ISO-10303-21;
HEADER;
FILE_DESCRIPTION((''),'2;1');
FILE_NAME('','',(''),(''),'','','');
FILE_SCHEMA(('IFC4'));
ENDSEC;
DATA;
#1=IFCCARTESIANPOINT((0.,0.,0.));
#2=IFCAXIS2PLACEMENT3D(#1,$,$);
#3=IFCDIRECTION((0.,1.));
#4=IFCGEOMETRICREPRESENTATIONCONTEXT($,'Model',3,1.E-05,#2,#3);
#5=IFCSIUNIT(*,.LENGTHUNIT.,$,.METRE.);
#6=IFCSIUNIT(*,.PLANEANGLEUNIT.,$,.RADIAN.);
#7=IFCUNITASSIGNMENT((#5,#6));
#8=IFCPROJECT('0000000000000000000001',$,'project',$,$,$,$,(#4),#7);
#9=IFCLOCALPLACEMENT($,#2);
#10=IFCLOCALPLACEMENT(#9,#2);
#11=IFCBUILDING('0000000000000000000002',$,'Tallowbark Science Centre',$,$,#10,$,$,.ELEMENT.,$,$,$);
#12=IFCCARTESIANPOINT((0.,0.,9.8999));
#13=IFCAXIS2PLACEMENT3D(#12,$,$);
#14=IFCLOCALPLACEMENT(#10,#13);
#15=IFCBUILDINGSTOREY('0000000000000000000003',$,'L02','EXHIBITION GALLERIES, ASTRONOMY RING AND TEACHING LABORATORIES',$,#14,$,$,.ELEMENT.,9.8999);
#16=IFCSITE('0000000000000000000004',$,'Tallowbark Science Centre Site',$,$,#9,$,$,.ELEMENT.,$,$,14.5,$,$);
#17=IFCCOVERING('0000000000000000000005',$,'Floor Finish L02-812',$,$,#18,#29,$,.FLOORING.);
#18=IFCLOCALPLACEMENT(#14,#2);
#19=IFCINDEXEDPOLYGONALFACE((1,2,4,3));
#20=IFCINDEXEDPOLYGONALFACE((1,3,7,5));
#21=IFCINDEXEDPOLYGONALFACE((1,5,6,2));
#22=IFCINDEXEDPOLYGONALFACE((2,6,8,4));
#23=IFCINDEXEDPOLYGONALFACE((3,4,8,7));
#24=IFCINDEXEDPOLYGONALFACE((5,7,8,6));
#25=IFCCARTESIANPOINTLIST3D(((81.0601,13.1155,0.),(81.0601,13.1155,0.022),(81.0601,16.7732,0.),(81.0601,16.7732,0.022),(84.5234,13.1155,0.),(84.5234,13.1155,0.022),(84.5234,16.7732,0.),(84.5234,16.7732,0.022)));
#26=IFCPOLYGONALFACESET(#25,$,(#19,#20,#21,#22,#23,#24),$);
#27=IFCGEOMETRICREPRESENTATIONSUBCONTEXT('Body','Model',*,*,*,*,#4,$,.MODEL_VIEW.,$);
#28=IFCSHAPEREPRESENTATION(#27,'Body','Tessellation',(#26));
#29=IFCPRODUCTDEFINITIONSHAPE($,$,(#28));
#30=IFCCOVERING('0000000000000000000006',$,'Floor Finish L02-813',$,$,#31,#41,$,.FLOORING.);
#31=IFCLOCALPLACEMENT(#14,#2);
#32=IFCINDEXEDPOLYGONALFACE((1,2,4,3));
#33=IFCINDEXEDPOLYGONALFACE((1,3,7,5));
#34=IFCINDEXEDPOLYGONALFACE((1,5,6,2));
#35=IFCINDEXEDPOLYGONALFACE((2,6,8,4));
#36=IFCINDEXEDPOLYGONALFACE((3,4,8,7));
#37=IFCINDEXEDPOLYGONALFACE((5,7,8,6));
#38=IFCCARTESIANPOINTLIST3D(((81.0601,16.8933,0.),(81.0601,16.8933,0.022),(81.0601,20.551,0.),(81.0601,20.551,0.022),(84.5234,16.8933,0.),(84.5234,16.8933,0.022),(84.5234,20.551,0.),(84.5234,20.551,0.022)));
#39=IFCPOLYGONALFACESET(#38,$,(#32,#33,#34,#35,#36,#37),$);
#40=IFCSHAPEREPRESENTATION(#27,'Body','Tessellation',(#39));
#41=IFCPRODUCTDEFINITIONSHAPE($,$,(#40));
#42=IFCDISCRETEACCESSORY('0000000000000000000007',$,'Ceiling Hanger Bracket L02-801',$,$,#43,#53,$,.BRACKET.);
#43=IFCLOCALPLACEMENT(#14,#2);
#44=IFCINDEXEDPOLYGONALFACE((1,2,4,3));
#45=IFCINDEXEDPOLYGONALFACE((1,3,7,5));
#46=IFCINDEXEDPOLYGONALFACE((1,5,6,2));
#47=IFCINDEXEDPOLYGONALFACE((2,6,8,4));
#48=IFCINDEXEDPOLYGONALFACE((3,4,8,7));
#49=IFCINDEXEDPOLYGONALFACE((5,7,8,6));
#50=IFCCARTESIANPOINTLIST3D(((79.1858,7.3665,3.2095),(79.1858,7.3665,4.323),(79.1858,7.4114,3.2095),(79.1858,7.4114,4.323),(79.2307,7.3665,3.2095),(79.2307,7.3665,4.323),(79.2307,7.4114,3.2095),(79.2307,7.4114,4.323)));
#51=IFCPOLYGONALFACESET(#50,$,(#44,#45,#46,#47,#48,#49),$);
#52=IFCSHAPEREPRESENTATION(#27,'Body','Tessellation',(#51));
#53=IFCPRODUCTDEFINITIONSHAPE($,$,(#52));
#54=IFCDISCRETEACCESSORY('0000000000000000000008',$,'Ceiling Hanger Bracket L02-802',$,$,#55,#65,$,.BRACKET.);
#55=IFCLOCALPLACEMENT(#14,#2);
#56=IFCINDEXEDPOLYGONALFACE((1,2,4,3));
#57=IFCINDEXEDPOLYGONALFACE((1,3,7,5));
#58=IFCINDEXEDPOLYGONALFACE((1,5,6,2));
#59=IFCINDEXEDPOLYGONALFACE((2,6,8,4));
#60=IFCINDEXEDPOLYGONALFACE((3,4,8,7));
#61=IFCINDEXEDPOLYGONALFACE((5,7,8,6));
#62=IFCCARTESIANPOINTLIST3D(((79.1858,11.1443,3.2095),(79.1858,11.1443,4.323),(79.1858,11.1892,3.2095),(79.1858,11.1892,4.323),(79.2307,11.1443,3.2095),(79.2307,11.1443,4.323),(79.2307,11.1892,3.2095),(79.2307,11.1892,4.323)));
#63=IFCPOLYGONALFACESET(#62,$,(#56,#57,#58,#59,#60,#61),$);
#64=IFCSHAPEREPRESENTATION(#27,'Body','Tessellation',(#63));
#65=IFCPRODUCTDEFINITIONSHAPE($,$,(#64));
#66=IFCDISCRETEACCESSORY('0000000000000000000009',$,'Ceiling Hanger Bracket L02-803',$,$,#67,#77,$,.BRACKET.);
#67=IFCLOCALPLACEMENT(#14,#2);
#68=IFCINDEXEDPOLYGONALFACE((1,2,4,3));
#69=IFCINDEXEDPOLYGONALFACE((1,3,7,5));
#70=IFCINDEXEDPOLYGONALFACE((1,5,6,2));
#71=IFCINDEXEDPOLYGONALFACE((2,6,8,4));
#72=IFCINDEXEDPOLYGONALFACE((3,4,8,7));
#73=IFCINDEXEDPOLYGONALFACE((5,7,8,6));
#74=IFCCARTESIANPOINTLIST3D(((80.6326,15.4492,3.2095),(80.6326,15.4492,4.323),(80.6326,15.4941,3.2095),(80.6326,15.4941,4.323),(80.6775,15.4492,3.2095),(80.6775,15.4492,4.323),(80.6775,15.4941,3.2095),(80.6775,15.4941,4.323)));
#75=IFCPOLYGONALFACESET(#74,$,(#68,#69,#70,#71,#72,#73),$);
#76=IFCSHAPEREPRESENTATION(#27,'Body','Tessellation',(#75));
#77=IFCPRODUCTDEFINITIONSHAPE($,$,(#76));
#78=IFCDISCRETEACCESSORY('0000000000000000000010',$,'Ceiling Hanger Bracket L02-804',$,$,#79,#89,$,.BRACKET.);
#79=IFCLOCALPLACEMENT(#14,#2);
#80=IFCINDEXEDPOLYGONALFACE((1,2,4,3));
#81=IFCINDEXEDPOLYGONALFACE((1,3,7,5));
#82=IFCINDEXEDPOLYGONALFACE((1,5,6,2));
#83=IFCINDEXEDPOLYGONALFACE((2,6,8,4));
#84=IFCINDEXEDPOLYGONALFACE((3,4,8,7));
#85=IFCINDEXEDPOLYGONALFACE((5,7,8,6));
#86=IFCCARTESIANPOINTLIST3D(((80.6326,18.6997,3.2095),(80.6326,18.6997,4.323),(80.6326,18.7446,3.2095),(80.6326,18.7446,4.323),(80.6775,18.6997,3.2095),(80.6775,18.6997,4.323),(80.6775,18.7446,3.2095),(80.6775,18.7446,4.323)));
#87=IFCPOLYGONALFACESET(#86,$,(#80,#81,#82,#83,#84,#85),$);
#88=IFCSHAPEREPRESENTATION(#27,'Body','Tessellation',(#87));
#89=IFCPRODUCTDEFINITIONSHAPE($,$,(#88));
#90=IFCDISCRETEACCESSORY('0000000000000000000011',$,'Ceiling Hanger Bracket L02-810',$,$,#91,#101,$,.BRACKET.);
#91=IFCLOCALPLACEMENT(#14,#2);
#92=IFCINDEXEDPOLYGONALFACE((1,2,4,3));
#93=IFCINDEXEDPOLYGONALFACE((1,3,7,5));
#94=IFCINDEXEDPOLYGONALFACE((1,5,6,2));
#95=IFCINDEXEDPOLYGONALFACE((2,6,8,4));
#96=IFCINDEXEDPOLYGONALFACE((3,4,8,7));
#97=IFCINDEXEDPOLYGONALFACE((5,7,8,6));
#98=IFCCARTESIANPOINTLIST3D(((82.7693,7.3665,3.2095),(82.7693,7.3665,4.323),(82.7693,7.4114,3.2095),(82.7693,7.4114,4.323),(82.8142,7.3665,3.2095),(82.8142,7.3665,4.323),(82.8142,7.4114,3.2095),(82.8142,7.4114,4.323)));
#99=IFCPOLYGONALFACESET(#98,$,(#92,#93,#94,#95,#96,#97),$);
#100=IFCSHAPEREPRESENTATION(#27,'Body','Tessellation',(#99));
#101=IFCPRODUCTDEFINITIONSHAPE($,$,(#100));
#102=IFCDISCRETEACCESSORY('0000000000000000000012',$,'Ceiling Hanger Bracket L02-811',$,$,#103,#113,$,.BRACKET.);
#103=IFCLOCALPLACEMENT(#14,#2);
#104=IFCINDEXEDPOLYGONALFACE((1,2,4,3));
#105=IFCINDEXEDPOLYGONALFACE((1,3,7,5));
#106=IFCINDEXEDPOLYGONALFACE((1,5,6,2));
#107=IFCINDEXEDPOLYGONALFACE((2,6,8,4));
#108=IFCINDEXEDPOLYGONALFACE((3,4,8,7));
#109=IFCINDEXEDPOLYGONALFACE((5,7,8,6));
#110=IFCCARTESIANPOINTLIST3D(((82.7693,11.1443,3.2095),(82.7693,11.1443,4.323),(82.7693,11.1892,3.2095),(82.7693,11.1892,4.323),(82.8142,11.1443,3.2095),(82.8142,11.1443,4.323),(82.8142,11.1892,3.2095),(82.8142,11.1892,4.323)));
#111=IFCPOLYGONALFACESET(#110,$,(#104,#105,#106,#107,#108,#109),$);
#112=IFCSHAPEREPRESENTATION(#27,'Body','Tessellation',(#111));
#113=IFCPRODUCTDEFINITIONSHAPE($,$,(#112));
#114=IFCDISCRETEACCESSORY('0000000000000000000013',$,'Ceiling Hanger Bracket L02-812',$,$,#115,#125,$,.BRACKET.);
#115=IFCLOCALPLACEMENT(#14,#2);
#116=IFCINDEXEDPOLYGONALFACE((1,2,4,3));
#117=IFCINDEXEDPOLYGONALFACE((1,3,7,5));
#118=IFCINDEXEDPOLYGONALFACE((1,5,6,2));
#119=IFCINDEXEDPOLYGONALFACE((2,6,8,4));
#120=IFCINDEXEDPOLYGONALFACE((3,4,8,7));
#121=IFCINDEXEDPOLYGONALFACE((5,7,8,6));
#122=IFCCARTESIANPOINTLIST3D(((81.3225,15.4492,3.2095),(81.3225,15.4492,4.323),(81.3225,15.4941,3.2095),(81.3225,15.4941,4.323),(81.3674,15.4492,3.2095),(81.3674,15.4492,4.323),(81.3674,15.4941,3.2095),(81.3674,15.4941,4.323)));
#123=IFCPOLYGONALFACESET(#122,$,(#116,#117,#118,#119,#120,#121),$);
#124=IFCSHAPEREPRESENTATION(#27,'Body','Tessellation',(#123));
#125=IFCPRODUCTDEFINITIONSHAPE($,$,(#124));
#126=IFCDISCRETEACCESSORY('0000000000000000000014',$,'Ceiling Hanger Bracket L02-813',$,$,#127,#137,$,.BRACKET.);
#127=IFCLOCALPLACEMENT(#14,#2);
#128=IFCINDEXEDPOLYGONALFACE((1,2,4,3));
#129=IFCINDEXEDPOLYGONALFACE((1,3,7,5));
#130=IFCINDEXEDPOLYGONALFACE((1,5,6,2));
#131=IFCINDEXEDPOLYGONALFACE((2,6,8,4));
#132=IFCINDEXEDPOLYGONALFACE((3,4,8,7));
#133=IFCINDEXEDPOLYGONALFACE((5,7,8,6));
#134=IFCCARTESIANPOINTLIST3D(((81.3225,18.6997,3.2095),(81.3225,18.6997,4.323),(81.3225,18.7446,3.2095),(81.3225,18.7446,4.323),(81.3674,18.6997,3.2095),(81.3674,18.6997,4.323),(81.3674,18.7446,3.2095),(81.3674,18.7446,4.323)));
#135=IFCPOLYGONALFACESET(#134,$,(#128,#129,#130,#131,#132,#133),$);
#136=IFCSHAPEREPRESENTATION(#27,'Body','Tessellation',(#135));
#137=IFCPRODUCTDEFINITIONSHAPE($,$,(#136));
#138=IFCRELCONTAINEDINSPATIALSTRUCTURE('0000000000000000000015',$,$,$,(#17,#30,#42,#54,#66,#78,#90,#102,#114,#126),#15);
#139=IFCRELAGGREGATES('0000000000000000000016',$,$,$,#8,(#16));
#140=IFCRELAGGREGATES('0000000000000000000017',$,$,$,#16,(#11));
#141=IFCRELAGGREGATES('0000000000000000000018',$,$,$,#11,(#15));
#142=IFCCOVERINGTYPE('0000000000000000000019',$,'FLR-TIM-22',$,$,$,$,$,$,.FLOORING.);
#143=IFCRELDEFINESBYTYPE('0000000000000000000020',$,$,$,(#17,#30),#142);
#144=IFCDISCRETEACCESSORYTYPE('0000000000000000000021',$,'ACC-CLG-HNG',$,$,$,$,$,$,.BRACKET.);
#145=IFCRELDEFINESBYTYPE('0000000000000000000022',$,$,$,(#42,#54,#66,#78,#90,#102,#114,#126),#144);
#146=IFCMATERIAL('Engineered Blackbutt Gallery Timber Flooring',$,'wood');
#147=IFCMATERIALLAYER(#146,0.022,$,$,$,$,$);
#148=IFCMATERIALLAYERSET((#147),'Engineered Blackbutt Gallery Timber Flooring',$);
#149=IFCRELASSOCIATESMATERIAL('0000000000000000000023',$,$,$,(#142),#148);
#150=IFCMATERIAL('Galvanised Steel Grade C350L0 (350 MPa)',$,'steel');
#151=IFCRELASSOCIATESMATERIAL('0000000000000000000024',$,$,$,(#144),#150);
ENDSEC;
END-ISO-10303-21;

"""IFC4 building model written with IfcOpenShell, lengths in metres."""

from ifc_helpers import new_model, si_unit, direction, frame, origin, origin_2d, place, context, subcontext, project, spatial, rectangle, extrude, material, layer, layer_set, type_object, element, save


model = new_model("IFC4")

# Units and contexts
model_context = context("Model", 3, precision=1e-05, world=origin(), true_north=direction((0.0, 1.0)))
body_context = subcontext(model_context, "Body", "Model", "MODEL_VIEW")
ifc_project = project(units=[si_unit("LENGTHUNIT", "METRE"), si_unit("PLANEANGLEUNIT", "RADIAN")], contexts=[model_context])

# Site, building, storey
site_placement = place(None, origin())
site = spatial("IfcSite", under=ifc_project, at=site_placement, Name="Tallowbark Science Centre Site", CompositionType="ELEMENT", RefElevation=14.5)
building_placement = place(site_placement, origin())
building = spatial("IfcBuilding", under=site, at=building_placement, Name="Tallowbark Science Centre", CompositionType="ELEMENT")
storey_placement = place(building_placement, frame((0.0, 0.0, 9.8999)))
storey = spatial("IfcBuildingStorey", under=building, at=storey_placement, Name="L02", Description="EXHIBITION GALLERIES, ASTRONOMY RING AND TEACHING LABORATORIES", CompositionType="ELEMENT", Elevation=9.8999)

# Coverings
ifc_material_1 = material(Name="Engineered Blackbutt Gallery Timber Flooring", Category="wood")
ifc_layer_1 = layer(ifc_material_1, 0.022)
ifc_layer_set_1 = layer_set([ifc_layer_1], Name="Engineered Blackbutt Gallery Timber Flooring")
covering_type_1 = type_object("IfcCoveringType", Name="FLR-TIM-22", PredefinedType="FLOORING", material=ifc_layer_set_1)
for number, where, z_axis, x_axis, name in (
    (1, (82.7917, 14.9443, 0.0), (0.0, 0.0, 1.0), (1.0, 0.0, 0.0), "Floor Finish L02-812"),
    (2, (82.7917, 18.7222, 0.0), (0.0, 0.0, 1.0), (1.0, 0.0, 0.0), "Floor Finish L02-813"),
):
    element("IfcCovering", number, at=place(storey_placement, frame(where, z_axis=z_axis, x_axis=x_axis)), inside=storey, type_object=covering_type_1, Name=name, PredefinedType="FLOORING", context=body_context, shape_type="SweptSolid", body=[
        extrude(rectangle(XDim=3.4634, YDim=3.6577, at=origin_2d()), origin(), (0.0, 0.0, 1.0), 0.022),
    ])

# Discrete accessories
ifc_material_2 = material(Name="Galvanised Steel Grade C350L0 (350 MPa)", Category="steel")
discrete_accessory_type = type_object("IfcDiscreteAccessoryType", Name="ACC-CLG-HNG", PredefinedType="BRACKET", material=ifc_material_2)
for number, where, z_axis, x_axis, name in (
    (3, (79.2083, 7.3889, 3.2095), (0.0, 0.0, 1.0), (1.0, 0.0, 0.0), "Ceiling Hanger Bracket L02-801"),
    (4, (79.2083, 11.1667, 3.2095), (0.0, 0.0, 1.0), (1.0, 0.0, 0.0), "Ceiling Hanger Bracket L02-802"),
    (5, (80.655, 15.4717, 3.2095), (0.0, 0.0, 1.0), (1.0, 0.0, 0.0), "Ceiling Hanger Bracket L02-803"),
    (6, (80.655, 18.7222, 3.2095), (0.0, 0.0, 1.0), (1.0, 0.0, 0.0), "Ceiling Hanger Bracket L02-804"),
    (7, (82.7917, 7.3889, 3.2095), (0.0, 0.0, 1.0), (1.0, 0.0, 0.0), "Ceiling Hanger Bracket L02-810"),
    (8, (82.7917, 11.1667, 3.2095), (0.0, 0.0, 1.0), (1.0, 0.0, 0.0), "Ceiling Hanger Bracket L02-811"),
    (9, (81.345, 15.4717, 3.2095), (0.0, 0.0, 1.0), (1.0, 0.0, 0.0), "Ceiling Hanger Bracket L02-812"),
    (10, (81.345, 18.7222, 3.2095), (0.0, 0.0, 1.0), (1.0, 0.0, 0.0), "Ceiling Hanger Bracket L02-813"),
):
    element("IfcDiscreteAccessory", number, at=place(storey_placement, frame(where, z_axis=z_axis, x_axis=x_axis)), inside=storey, type_object=discrete_accessory_type, Name=name, PredefinedType="BRACKET", context=body_context, shape_type="SweptSolid", body=[
        extrude(rectangle(XDim=0.0449, YDim=0.0449, at=origin_2d()), origin(), (0.0, 0.0, 1.0), 1.1135),
    ])

save(model, "model.ifc")
